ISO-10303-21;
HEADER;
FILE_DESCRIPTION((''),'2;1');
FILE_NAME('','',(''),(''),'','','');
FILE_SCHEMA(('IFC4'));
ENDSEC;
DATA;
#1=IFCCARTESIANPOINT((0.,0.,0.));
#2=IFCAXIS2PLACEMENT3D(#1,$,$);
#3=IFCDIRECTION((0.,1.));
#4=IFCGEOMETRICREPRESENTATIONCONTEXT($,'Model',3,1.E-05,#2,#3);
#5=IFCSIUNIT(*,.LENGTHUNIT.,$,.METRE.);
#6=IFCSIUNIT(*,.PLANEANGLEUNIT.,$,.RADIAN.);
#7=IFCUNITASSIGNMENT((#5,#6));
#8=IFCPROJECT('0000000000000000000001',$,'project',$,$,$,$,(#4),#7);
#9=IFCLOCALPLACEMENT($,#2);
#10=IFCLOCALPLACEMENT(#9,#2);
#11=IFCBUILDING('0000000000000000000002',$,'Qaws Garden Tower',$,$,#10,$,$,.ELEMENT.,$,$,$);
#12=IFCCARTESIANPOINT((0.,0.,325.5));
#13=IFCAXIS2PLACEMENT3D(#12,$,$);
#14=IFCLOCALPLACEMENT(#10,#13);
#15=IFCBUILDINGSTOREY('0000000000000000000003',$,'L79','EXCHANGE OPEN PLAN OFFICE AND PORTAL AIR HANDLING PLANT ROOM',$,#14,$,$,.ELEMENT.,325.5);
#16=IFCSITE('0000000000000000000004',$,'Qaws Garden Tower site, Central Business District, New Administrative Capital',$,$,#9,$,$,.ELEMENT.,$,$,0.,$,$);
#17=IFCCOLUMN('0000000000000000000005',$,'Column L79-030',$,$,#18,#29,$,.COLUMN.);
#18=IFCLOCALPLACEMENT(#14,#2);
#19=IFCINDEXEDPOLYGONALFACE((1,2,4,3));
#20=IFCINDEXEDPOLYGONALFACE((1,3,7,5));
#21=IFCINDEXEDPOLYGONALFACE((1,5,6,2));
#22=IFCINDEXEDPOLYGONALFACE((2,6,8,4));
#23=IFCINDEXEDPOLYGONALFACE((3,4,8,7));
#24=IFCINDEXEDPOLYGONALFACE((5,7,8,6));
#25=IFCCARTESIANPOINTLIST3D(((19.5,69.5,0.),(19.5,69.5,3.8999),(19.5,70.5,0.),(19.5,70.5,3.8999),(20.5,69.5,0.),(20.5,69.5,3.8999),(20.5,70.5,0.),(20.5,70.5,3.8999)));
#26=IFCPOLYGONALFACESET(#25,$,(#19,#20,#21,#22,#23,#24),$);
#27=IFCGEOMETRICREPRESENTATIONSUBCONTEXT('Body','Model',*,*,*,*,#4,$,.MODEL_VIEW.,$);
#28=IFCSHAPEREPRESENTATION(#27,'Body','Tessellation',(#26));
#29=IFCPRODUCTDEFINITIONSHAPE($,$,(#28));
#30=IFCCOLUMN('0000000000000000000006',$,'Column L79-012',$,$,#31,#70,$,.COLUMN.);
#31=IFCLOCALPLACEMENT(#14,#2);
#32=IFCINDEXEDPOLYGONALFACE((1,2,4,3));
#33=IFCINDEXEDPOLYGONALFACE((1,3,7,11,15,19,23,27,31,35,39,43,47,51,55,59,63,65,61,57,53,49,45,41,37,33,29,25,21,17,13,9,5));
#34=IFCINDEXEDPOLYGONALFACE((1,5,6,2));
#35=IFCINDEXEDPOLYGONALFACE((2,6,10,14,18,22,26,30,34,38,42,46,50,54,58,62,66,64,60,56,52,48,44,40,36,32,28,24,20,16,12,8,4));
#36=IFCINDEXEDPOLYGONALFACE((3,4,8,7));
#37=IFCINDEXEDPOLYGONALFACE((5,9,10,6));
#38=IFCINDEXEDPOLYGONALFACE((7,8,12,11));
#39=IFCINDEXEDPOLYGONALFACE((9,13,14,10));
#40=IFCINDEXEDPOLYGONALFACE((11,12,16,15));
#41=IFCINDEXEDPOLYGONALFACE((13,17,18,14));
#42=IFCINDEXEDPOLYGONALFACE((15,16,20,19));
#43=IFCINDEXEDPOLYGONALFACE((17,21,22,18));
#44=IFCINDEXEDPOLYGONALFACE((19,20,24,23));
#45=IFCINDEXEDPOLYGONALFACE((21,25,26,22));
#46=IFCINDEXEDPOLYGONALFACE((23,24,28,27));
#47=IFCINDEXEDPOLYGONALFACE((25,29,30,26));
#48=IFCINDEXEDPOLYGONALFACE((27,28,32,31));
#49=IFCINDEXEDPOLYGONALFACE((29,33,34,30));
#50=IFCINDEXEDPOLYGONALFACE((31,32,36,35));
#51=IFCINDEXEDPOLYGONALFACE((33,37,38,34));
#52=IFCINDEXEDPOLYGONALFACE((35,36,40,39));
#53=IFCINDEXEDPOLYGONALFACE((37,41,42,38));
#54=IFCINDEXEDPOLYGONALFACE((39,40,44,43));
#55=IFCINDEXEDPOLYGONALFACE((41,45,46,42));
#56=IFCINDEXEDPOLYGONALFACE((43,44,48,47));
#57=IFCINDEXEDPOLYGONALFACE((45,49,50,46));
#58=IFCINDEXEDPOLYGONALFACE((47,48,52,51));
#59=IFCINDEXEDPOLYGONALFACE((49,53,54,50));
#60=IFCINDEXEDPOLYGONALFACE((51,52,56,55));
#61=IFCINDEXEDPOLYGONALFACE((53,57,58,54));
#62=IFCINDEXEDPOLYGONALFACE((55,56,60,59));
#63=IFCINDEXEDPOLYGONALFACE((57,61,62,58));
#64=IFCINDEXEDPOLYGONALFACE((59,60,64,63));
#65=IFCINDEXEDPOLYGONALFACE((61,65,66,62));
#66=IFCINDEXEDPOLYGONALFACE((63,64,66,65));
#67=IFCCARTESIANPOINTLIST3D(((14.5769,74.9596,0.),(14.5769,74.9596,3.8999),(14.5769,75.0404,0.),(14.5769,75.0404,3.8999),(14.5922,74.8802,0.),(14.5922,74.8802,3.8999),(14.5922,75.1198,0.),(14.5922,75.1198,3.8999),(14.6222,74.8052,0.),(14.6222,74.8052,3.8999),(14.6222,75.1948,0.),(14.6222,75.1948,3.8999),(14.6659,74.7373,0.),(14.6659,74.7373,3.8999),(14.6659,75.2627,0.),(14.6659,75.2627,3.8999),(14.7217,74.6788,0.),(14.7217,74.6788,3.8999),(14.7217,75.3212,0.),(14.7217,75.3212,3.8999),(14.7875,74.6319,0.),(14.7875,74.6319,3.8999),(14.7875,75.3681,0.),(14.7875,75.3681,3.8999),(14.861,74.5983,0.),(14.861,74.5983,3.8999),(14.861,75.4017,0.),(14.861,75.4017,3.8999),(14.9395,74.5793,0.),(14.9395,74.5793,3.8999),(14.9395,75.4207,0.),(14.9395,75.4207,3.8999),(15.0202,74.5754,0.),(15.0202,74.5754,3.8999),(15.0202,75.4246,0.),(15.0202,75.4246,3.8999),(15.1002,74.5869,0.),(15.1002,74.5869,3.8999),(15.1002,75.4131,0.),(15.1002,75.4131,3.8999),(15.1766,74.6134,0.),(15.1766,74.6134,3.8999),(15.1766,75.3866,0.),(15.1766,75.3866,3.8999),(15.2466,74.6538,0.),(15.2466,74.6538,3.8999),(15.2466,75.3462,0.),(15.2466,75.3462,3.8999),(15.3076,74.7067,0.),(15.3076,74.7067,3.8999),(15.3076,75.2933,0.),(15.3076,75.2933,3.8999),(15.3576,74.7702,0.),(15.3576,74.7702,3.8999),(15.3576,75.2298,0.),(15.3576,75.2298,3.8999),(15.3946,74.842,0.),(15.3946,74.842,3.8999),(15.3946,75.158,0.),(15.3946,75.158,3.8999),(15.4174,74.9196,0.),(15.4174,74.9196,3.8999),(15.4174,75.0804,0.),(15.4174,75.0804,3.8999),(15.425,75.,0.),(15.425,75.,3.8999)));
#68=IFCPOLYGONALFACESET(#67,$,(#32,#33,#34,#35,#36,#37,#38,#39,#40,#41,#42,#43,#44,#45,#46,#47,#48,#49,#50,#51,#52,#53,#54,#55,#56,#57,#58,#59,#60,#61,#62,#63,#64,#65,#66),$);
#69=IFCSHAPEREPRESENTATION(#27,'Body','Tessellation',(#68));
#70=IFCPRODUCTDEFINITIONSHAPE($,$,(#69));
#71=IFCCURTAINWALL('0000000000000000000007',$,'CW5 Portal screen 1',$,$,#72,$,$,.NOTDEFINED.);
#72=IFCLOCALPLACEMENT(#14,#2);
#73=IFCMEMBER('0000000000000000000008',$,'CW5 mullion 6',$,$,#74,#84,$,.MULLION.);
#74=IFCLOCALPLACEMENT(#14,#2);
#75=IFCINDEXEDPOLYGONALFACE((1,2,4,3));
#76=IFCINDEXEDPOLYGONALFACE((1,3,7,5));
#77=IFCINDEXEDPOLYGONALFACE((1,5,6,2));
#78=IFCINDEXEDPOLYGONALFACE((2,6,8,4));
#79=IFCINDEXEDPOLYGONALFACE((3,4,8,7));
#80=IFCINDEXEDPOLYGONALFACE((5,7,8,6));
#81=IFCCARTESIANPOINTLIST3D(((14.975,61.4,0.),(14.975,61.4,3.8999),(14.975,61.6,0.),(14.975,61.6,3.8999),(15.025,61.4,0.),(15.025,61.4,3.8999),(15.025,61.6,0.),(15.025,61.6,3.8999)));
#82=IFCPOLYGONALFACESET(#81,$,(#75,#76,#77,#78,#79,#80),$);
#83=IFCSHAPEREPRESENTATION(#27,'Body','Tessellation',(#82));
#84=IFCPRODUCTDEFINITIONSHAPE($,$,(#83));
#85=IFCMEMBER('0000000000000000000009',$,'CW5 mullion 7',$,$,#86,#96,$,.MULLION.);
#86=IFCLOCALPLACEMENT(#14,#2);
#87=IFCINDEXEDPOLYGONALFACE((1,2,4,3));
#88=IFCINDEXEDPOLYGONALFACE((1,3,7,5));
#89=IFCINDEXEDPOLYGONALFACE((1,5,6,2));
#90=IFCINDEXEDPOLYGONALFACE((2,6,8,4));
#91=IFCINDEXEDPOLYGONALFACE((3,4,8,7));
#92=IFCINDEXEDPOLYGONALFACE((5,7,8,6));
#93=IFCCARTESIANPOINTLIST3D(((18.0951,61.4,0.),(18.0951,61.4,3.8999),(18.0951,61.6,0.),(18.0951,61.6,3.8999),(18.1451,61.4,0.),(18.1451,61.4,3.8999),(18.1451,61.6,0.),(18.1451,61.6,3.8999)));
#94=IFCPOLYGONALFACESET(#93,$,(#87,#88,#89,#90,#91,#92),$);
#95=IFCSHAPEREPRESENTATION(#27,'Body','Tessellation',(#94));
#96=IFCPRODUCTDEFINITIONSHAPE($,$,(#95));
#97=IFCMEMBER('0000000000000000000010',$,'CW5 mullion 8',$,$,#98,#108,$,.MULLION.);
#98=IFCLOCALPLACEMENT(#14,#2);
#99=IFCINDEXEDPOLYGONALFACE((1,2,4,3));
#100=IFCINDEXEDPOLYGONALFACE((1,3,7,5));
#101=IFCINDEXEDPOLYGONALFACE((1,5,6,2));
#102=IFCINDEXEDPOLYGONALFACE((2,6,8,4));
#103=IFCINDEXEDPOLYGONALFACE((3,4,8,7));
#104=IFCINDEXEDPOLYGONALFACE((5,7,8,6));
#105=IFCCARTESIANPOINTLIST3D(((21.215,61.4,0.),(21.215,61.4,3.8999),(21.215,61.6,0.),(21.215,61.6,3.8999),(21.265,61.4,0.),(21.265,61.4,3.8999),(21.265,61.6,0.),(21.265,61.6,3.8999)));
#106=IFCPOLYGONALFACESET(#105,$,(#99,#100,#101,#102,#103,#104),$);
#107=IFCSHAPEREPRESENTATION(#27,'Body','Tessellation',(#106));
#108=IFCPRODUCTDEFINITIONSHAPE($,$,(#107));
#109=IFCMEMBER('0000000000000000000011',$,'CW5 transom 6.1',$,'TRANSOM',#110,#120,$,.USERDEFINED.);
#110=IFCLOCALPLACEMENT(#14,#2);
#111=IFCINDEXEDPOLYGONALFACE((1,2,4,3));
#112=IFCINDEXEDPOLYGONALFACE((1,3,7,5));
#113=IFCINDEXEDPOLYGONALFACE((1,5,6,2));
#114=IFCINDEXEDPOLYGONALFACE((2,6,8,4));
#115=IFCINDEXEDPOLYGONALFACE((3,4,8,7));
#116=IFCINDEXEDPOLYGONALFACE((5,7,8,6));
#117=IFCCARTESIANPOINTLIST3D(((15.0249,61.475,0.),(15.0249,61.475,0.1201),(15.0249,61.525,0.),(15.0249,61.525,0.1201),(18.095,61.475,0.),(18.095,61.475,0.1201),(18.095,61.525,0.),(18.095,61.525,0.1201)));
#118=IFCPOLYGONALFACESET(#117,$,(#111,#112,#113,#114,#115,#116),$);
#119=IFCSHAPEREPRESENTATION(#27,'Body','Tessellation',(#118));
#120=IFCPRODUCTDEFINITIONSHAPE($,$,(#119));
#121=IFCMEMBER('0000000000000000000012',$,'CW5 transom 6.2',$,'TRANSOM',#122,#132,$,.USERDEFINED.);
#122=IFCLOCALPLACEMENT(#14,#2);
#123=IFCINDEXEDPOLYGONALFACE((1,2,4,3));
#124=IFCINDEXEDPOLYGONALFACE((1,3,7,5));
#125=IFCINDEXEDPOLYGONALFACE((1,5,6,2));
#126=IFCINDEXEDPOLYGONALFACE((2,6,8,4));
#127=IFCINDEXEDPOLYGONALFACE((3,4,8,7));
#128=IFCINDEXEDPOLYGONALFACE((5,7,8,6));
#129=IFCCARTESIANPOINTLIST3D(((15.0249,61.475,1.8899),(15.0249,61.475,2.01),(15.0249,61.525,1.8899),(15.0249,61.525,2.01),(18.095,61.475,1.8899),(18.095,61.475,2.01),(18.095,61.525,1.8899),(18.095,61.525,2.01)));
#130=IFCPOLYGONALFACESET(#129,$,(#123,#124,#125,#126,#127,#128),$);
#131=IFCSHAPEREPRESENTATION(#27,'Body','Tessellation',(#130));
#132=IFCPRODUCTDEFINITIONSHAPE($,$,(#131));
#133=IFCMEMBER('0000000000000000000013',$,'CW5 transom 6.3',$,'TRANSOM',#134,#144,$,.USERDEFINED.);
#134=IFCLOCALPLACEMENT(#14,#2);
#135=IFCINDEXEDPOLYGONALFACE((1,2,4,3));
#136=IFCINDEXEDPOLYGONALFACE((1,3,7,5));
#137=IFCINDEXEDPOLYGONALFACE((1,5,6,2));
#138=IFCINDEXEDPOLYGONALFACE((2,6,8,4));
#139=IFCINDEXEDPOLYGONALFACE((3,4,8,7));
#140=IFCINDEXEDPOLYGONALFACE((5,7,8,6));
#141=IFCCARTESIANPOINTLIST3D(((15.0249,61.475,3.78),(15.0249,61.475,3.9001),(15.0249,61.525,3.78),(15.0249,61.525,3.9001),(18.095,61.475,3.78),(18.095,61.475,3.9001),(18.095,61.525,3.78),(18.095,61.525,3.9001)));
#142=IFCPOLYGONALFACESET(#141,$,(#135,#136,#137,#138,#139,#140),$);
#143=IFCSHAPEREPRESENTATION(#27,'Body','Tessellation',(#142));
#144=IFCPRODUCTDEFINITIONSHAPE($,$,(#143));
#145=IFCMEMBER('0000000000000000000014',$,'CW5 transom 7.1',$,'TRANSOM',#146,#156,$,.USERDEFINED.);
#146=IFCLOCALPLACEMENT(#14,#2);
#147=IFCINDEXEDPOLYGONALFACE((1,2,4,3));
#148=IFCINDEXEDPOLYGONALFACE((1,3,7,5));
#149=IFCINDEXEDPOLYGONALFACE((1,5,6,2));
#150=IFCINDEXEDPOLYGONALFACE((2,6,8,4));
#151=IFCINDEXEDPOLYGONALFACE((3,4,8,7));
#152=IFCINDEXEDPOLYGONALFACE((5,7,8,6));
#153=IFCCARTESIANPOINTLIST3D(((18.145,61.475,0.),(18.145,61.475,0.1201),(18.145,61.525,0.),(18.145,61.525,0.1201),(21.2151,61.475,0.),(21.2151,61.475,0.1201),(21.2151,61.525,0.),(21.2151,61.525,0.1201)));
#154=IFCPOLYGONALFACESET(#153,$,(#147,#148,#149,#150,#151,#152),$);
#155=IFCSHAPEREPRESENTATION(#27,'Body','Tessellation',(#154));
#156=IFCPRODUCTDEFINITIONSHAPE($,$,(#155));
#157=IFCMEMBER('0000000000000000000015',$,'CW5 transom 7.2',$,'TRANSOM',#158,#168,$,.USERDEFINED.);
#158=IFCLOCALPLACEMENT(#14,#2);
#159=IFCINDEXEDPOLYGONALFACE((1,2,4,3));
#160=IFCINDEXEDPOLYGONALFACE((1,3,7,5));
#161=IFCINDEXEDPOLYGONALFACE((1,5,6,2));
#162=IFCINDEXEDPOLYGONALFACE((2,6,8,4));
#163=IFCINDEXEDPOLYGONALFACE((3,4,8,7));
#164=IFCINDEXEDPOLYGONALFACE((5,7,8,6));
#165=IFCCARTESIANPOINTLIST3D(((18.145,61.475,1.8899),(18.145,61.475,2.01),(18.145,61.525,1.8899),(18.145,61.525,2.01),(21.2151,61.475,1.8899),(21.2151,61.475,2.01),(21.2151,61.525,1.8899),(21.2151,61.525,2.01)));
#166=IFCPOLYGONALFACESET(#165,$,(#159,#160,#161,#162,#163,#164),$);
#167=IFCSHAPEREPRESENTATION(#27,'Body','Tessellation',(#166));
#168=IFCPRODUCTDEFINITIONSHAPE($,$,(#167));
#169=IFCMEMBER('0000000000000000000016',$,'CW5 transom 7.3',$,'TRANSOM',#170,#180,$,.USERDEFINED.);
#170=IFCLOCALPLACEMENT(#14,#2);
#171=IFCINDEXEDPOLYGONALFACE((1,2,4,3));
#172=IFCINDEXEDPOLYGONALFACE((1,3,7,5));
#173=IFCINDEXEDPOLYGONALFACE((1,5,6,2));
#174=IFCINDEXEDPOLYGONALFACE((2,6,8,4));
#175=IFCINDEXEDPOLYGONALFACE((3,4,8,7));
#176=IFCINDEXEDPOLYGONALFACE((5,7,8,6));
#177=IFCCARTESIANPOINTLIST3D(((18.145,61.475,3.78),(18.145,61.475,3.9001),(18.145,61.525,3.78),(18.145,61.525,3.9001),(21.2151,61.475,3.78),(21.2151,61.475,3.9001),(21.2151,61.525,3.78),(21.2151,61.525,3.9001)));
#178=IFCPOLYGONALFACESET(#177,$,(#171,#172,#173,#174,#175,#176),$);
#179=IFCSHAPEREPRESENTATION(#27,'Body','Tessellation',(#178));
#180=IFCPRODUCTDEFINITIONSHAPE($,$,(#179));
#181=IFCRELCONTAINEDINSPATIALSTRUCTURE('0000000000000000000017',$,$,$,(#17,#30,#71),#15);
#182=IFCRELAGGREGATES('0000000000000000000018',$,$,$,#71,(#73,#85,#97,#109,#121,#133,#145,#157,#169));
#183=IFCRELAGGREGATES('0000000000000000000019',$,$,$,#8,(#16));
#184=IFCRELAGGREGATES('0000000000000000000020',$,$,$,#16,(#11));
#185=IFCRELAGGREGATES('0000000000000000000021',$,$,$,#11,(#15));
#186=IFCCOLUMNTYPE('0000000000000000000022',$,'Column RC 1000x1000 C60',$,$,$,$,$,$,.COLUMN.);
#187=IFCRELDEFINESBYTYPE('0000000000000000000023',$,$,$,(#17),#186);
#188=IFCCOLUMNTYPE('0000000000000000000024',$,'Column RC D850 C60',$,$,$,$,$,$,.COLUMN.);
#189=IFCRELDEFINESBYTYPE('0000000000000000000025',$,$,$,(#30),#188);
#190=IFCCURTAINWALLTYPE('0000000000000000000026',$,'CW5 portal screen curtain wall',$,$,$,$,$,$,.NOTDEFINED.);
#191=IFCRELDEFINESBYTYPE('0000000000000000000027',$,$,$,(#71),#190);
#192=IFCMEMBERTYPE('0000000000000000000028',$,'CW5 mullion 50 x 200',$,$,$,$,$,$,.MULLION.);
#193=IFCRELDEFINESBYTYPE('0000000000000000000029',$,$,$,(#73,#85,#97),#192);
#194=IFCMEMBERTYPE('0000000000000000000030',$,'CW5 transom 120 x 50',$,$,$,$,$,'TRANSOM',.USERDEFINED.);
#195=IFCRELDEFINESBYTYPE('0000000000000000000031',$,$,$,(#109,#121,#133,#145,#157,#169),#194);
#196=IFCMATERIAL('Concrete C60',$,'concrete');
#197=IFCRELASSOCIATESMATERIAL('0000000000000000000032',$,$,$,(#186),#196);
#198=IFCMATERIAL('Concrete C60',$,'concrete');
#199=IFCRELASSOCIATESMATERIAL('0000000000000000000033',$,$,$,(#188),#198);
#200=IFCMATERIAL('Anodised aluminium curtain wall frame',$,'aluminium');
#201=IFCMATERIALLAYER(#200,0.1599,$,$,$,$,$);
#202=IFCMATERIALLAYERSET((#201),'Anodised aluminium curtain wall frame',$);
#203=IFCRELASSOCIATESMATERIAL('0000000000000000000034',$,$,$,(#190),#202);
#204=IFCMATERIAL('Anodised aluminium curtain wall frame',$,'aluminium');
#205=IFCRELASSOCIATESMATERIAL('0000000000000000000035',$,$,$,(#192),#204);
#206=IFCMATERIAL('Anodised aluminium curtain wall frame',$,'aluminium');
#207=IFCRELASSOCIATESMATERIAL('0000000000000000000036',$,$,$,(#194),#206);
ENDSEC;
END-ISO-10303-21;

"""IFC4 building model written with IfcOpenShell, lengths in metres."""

from ifc_helpers import new_model, si_unit, direction, frame, origin, origin_2d, place, context, subcontext, project, spatial, rectangle, circle, extrude, material, layer, layer_set, material_profile, profile_set, type_object, element, aggregate, save


model = new_model("IFC4")

# Units and contexts
model_context = context("Model", 3, precision=1e-05, world=origin(), true_north=direction((0.0, 1.0)))
body_context = subcontext(model_context, "Body", "Model", "MODEL_VIEW")
ifc_project = project(units=[si_unit("LENGTHUNIT", "METRE"), si_unit("PLANEANGLEUNIT", "RADIAN")], contexts=[model_context])

# Site, building, storey
site_placement = place(None, origin())
site = spatial("IfcSite", under=ifc_project, at=site_placement, Name="Qaws Garden Tower site, Central Business District, New Administrative Capital", CompositionType="ELEMENT", RefElevation=0.0)
building_placement = place(site_placement, origin())
building = spatial("IfcBuilding", under=site, at=building_placement, Name="Qaws Garden Tower", CompositionType="ELEMENT")
storey_placement = place(building_placement, frame((0.0, 0.0, 325.5)))
storey = spatial("IfcBuildingStorey", under=building, at=storey_placement, Name="L79", Description="EXCHANGE OPEN PLAN OFFICE AND PORTAL AIR HANDLING PLANT ROOM", CompositionType="ELEMENT", Elevation=325.5)

# Columns
ifc_material_1 = material(Name="Concrete C60", Category="concrete")
ifc_material_profile_1 = material_profile(ifc_material_1, rectangle(XDim=1.0, YDim=1.0, at=origin_2d()), Name="RC 1000x1000")
ifc_profile_set_1 = profile_set([ifc_material_profile_1], Name="Concrete C60")
column_type_1 = type_object("IfcColumnType", Name="Column RC 1000x1000 C60", PredefinedType="COLUMN", material=ifc_profile_set_1)
column_1_placement = place(storey_placement, frame((20.0, 70.0, 0.0), z_axis=(0.0, 0.0, 1.0), x_axis=(1.0, 0.0, 0.0)))
element("IfcColumn", 1, at=column_1_placement, inside=storey, type_object=column_type_1, Name="Column L79-030", PredefinedType="COLUMN", context=body_context, shape_type="SweptSolid", body=[
    extrude(rectangle(XDim=1.0, YDim=1.0, at=origin_2d()), origin(), (0.0, 0.0, 1.0), 3.8999),
])
ifc_material_2 = material(Name="Concrete C60", Category="concrete")
ifc_material_profile_2 = material_profile(ifc_material_2, circle(Radius=0.425, at=origin_2d()), Name="RC D850")
ifc_profile_set_2 = profile_set([ifc_material_profile_2], Name="Concrete C60")
column_type_2 = type_object("IfcColumnType", Name="Column RC D850 C60", PredefinedType="COLUMN", material=ifc_profile_set_2)
column_2_placement = place(storey_placement, frame((15.0, 75.0, 0.0), z_axis=(0.0, 0.0, 1.0), x_axis=(1.0, 0.0, 0.0)))
element("IfcColumn", 2, at=column_2_placement, inside=storey, type_object=column_type_2, Name="Column L79-012", PredefinedType="COLUMN", context=body_context, shape_type="SweptSolid", body=[
    extrude(circle(Radius=0.425, at=origin_2d()), origin(), (0.0, 0.0, 1.0), 3.8999),
])

# Curtain wall, members
ifc_material_3 = material(Name="Anodised aluminium curtain wall frame", Category="aluminium")
ifc_layer_1 = layer(ifc_material_3, 0.1599)
ifc_layer_set_1 = layer_set([ifc_layer_1], Name="Anodised aluminium curtain wall frame")
curtain_wall_type = type_object("IfcCurtainWallType", Name="CW5 portal screen curtain wall", PredefinedType="NOTDEFINED", material=ifc_layer_set_1)
placement = place(storey_placement, origin())
curtain_wall = element("IfcCurtainWall", 3, at=placement, inside=storey, type_object=curtain_wall_type, Name="CW5 Portal screen 1", PredefinedType="NOTDEFINED")
ifc_material_4 = material(Name="Anodised aluminium curtain wall frame", Category="aluminium")
ifc_material_profile_3 = material_profile(ifc_material_4, rectangle(XDim=0.2, YDim=0.05, at=origin_2d()), Name="AL 50x200")
ifc_profile_set_3 = profile_set([ifc_material_profile_3], Name="Anodised aluminium curtain wall frame")
member_type_1 = type_object("IfcMemberType", Name="CW5 mullion 50 x 200", PredefinedType="MULLION", material=ifc_profile_set_3)
member_1_placement = place(storey_placement, frame((15.0, 61.5, 0.0), z_axis=(0.0, 0.0, 1.0), x_axis=(0.0, 1.0, 0.0)))
member_1 = element("IfcMember", 4, at=member_1_placement, type_object=member_type_1, Name="CW5 mullion 6", PredefinedType="MULLION", context=body_context, shape_type="SweptSolid", body=[
    extrude(rectangle(XDim=0.2, YDim=0.05, at=origin_2d()), origin(), (0.0, 0.0, 1.0), 3.8999),
])
member_2_placement = place(storey_placement, frame((18.1201, 61.5, 0.0), z_axis=(0.0, 0.0, 1.0), x_axis=(0.0, 1.0, 0.0)))
member_2 = element("IfcMember", 5, at=member_2_placement, type_object=member_type_1, Name="CW5 mullion 7", PredefinedType="MULLION", context=body_context, shape_type="SweptSolid", body=[
    extrude(rectangle(XDim=0.2, YDim=0.05, at=origin_2d()), origin(), (0.0, 0.0, 1.0), 3.8999),
])
member_3_placement = place(storey_placement, frame((21.24, 61.5, 0.0), z_axis=(0.0, 0.0, 1.0), x_axis=(0.0, 1.0, 0.0)))
member_3 = element("IfcMember", 6, at=member_3_placement, type_object=member_type_1, Name="CW5 mullion 8", PredefinedType="MULLION", context=body_context, shape_type="SweptSolid", body=[
    extrude(rectangle(XDim=0.2, YDim=0.05, at=origin_2d()), origin(), (0.0, 0.0, 1.0), 3.8999),
])
ifc_material_5 = material(Name="Anodised aluminium curtain wall frame", Category="aluminium")
ifc_material_profile_4 = material_profile(ifc_material_5, rectangle(XDim=0.05, YDim=0.1201, at=origin_2d()), Name="AL 50x120")
ifc_profile_set_4 = profile_set([ifc_material_profile_4], Name="Anodised aluminium curtain wall frame")
member_type_2 = type_object("IfcMemberType", Name="CW5 transom 120 x 50", ElementType="TRANSOM", PredefinedType="USERDEFINED", material=ifc_profile_set_4)
member_4_placement = place(storey_placement, frame((15.0249, 61.5, 0.0601), z_axis=(1.0, 0.0, 0.0), x_axis=(0.0, 1.0, 0.0)))
member_4 = element("IfcMember", 7, at=member_4_placement, type_object=member_type_2, Name="CW5 transom 6.1", ObjectType="TRANSOM", PredefinedType="USERDEFINED", context=body_context, shape_type="SweptSolid", body=[
    extrude(rectangle(XDim=0.05, YDim=0.1201, at=origin_2d()), origin(), (0.0, 0.0, 1.0), 3.0701),
])
member_5_placement = place(storey_placement, frame((15.0249, 61.5, 1.95), z_axis=(1.0, 0.0, 0.0), x_axis=(0.0, 1.0, 0.0)))
member_5 = element("IfcMember", 8, at=member_5_placement, type_object=member_type_2, Name="CW5 transom 6.2", ObjectType="TRANSOM", PredefinedType="USERDEFINED", context=body_context, shape_type="SweptSolid", body=[
    extrude(rectangle(XDim=0.05, YDim=0.1201, at=origin_2d()), origin(), (0.0, 0.0, 1.0), 3.0701),
])
member_6_placement = place(storey_placement, frame((15.0249, 61.5, 3.8401), z_axis=(1.0, 0.0, 0.0), x_axis=(0.0, 1.0, 0.0)))
member_6 = element("IfcMember", 9, at=member_6_placement, type_object=member_type_2, Name="CW5 transom 6.3", ObjectType="TRANSOM", PredefinedType="USERDEFINED", context=body_context, shape_type="SweptSolid", body=[
    extrude(rectangle(XDim=0.05, YDim=0.1201, at=origin_2d()), origin(), (0.0, 0.0, 1.0), 3.0701),
])
member_7_placement = place(storey_placement, frame((18.145, 61.5, 0.0601), z_axis=(1.0, 0.0, 0.0), x_axis=(0.0, 1.0, 0.0)))
member_7 = element("IfcMember", 10, at=member_7_placement, type_object=member_type_2, Name="CW5 transom 7.1", ObjectType="TRANSOM", PredefinedType="USERDEFINED", context=body_context, shape_type="SweptSolid", body=[
    extrude(rectangle(XDim=0.05, YDim=0.1201, at=origin_2d()), origin(), (0.0, 0.0, 1.0), 3.0701),
])
member_8_placement = place(storey_placement, frame((18.145, 61.5, 1.95), z_axis=(1.0, 0.0, 0.0), x_axis=(0.0, 1.0, 0.0)))
member_8 = element("IfcMember", 11, at=member_8_placement, type_object=member_type_2, Name="CW5 transom 7.2", ObjectType="TRANSOM", PredefinedType="USERDEFINED", context=body_context, shape_type="SweptSolid", body=[
    extrude(rectangle(XDim=0.05, YDim=0.1201, at=origin_2d()), origin(), (0.0, 0.0, 1.0), 3.0701),
])
member_9_placement = place(storey_placement, frame((18.145, 61.5, 3.8401), z_axis=(1.0, 0.0, 0.0), x_axis=(0.0, 1.0, 0.0)))
member_9 = element("IfcMember", 12, at=member_9_placement, type_object=member_type_2, Name="CW5 transom 7.3", ObjectType="TRANSOM", PredefinedType="USERDEFINED", context=body_context, shape_type="SweptSolid", body=[
    extrude(rectangle(XDim=0.05, YDim=0.1201, at=origin_2d()), origin(), (0.0, 0.0, 1.0), 3.0701),
])

aggregate(curtain_wall, [member_1, member_2, member_3, member_4, member_5, member_6, member_7, member_8, member_9])

save(model, "model.ifc")
